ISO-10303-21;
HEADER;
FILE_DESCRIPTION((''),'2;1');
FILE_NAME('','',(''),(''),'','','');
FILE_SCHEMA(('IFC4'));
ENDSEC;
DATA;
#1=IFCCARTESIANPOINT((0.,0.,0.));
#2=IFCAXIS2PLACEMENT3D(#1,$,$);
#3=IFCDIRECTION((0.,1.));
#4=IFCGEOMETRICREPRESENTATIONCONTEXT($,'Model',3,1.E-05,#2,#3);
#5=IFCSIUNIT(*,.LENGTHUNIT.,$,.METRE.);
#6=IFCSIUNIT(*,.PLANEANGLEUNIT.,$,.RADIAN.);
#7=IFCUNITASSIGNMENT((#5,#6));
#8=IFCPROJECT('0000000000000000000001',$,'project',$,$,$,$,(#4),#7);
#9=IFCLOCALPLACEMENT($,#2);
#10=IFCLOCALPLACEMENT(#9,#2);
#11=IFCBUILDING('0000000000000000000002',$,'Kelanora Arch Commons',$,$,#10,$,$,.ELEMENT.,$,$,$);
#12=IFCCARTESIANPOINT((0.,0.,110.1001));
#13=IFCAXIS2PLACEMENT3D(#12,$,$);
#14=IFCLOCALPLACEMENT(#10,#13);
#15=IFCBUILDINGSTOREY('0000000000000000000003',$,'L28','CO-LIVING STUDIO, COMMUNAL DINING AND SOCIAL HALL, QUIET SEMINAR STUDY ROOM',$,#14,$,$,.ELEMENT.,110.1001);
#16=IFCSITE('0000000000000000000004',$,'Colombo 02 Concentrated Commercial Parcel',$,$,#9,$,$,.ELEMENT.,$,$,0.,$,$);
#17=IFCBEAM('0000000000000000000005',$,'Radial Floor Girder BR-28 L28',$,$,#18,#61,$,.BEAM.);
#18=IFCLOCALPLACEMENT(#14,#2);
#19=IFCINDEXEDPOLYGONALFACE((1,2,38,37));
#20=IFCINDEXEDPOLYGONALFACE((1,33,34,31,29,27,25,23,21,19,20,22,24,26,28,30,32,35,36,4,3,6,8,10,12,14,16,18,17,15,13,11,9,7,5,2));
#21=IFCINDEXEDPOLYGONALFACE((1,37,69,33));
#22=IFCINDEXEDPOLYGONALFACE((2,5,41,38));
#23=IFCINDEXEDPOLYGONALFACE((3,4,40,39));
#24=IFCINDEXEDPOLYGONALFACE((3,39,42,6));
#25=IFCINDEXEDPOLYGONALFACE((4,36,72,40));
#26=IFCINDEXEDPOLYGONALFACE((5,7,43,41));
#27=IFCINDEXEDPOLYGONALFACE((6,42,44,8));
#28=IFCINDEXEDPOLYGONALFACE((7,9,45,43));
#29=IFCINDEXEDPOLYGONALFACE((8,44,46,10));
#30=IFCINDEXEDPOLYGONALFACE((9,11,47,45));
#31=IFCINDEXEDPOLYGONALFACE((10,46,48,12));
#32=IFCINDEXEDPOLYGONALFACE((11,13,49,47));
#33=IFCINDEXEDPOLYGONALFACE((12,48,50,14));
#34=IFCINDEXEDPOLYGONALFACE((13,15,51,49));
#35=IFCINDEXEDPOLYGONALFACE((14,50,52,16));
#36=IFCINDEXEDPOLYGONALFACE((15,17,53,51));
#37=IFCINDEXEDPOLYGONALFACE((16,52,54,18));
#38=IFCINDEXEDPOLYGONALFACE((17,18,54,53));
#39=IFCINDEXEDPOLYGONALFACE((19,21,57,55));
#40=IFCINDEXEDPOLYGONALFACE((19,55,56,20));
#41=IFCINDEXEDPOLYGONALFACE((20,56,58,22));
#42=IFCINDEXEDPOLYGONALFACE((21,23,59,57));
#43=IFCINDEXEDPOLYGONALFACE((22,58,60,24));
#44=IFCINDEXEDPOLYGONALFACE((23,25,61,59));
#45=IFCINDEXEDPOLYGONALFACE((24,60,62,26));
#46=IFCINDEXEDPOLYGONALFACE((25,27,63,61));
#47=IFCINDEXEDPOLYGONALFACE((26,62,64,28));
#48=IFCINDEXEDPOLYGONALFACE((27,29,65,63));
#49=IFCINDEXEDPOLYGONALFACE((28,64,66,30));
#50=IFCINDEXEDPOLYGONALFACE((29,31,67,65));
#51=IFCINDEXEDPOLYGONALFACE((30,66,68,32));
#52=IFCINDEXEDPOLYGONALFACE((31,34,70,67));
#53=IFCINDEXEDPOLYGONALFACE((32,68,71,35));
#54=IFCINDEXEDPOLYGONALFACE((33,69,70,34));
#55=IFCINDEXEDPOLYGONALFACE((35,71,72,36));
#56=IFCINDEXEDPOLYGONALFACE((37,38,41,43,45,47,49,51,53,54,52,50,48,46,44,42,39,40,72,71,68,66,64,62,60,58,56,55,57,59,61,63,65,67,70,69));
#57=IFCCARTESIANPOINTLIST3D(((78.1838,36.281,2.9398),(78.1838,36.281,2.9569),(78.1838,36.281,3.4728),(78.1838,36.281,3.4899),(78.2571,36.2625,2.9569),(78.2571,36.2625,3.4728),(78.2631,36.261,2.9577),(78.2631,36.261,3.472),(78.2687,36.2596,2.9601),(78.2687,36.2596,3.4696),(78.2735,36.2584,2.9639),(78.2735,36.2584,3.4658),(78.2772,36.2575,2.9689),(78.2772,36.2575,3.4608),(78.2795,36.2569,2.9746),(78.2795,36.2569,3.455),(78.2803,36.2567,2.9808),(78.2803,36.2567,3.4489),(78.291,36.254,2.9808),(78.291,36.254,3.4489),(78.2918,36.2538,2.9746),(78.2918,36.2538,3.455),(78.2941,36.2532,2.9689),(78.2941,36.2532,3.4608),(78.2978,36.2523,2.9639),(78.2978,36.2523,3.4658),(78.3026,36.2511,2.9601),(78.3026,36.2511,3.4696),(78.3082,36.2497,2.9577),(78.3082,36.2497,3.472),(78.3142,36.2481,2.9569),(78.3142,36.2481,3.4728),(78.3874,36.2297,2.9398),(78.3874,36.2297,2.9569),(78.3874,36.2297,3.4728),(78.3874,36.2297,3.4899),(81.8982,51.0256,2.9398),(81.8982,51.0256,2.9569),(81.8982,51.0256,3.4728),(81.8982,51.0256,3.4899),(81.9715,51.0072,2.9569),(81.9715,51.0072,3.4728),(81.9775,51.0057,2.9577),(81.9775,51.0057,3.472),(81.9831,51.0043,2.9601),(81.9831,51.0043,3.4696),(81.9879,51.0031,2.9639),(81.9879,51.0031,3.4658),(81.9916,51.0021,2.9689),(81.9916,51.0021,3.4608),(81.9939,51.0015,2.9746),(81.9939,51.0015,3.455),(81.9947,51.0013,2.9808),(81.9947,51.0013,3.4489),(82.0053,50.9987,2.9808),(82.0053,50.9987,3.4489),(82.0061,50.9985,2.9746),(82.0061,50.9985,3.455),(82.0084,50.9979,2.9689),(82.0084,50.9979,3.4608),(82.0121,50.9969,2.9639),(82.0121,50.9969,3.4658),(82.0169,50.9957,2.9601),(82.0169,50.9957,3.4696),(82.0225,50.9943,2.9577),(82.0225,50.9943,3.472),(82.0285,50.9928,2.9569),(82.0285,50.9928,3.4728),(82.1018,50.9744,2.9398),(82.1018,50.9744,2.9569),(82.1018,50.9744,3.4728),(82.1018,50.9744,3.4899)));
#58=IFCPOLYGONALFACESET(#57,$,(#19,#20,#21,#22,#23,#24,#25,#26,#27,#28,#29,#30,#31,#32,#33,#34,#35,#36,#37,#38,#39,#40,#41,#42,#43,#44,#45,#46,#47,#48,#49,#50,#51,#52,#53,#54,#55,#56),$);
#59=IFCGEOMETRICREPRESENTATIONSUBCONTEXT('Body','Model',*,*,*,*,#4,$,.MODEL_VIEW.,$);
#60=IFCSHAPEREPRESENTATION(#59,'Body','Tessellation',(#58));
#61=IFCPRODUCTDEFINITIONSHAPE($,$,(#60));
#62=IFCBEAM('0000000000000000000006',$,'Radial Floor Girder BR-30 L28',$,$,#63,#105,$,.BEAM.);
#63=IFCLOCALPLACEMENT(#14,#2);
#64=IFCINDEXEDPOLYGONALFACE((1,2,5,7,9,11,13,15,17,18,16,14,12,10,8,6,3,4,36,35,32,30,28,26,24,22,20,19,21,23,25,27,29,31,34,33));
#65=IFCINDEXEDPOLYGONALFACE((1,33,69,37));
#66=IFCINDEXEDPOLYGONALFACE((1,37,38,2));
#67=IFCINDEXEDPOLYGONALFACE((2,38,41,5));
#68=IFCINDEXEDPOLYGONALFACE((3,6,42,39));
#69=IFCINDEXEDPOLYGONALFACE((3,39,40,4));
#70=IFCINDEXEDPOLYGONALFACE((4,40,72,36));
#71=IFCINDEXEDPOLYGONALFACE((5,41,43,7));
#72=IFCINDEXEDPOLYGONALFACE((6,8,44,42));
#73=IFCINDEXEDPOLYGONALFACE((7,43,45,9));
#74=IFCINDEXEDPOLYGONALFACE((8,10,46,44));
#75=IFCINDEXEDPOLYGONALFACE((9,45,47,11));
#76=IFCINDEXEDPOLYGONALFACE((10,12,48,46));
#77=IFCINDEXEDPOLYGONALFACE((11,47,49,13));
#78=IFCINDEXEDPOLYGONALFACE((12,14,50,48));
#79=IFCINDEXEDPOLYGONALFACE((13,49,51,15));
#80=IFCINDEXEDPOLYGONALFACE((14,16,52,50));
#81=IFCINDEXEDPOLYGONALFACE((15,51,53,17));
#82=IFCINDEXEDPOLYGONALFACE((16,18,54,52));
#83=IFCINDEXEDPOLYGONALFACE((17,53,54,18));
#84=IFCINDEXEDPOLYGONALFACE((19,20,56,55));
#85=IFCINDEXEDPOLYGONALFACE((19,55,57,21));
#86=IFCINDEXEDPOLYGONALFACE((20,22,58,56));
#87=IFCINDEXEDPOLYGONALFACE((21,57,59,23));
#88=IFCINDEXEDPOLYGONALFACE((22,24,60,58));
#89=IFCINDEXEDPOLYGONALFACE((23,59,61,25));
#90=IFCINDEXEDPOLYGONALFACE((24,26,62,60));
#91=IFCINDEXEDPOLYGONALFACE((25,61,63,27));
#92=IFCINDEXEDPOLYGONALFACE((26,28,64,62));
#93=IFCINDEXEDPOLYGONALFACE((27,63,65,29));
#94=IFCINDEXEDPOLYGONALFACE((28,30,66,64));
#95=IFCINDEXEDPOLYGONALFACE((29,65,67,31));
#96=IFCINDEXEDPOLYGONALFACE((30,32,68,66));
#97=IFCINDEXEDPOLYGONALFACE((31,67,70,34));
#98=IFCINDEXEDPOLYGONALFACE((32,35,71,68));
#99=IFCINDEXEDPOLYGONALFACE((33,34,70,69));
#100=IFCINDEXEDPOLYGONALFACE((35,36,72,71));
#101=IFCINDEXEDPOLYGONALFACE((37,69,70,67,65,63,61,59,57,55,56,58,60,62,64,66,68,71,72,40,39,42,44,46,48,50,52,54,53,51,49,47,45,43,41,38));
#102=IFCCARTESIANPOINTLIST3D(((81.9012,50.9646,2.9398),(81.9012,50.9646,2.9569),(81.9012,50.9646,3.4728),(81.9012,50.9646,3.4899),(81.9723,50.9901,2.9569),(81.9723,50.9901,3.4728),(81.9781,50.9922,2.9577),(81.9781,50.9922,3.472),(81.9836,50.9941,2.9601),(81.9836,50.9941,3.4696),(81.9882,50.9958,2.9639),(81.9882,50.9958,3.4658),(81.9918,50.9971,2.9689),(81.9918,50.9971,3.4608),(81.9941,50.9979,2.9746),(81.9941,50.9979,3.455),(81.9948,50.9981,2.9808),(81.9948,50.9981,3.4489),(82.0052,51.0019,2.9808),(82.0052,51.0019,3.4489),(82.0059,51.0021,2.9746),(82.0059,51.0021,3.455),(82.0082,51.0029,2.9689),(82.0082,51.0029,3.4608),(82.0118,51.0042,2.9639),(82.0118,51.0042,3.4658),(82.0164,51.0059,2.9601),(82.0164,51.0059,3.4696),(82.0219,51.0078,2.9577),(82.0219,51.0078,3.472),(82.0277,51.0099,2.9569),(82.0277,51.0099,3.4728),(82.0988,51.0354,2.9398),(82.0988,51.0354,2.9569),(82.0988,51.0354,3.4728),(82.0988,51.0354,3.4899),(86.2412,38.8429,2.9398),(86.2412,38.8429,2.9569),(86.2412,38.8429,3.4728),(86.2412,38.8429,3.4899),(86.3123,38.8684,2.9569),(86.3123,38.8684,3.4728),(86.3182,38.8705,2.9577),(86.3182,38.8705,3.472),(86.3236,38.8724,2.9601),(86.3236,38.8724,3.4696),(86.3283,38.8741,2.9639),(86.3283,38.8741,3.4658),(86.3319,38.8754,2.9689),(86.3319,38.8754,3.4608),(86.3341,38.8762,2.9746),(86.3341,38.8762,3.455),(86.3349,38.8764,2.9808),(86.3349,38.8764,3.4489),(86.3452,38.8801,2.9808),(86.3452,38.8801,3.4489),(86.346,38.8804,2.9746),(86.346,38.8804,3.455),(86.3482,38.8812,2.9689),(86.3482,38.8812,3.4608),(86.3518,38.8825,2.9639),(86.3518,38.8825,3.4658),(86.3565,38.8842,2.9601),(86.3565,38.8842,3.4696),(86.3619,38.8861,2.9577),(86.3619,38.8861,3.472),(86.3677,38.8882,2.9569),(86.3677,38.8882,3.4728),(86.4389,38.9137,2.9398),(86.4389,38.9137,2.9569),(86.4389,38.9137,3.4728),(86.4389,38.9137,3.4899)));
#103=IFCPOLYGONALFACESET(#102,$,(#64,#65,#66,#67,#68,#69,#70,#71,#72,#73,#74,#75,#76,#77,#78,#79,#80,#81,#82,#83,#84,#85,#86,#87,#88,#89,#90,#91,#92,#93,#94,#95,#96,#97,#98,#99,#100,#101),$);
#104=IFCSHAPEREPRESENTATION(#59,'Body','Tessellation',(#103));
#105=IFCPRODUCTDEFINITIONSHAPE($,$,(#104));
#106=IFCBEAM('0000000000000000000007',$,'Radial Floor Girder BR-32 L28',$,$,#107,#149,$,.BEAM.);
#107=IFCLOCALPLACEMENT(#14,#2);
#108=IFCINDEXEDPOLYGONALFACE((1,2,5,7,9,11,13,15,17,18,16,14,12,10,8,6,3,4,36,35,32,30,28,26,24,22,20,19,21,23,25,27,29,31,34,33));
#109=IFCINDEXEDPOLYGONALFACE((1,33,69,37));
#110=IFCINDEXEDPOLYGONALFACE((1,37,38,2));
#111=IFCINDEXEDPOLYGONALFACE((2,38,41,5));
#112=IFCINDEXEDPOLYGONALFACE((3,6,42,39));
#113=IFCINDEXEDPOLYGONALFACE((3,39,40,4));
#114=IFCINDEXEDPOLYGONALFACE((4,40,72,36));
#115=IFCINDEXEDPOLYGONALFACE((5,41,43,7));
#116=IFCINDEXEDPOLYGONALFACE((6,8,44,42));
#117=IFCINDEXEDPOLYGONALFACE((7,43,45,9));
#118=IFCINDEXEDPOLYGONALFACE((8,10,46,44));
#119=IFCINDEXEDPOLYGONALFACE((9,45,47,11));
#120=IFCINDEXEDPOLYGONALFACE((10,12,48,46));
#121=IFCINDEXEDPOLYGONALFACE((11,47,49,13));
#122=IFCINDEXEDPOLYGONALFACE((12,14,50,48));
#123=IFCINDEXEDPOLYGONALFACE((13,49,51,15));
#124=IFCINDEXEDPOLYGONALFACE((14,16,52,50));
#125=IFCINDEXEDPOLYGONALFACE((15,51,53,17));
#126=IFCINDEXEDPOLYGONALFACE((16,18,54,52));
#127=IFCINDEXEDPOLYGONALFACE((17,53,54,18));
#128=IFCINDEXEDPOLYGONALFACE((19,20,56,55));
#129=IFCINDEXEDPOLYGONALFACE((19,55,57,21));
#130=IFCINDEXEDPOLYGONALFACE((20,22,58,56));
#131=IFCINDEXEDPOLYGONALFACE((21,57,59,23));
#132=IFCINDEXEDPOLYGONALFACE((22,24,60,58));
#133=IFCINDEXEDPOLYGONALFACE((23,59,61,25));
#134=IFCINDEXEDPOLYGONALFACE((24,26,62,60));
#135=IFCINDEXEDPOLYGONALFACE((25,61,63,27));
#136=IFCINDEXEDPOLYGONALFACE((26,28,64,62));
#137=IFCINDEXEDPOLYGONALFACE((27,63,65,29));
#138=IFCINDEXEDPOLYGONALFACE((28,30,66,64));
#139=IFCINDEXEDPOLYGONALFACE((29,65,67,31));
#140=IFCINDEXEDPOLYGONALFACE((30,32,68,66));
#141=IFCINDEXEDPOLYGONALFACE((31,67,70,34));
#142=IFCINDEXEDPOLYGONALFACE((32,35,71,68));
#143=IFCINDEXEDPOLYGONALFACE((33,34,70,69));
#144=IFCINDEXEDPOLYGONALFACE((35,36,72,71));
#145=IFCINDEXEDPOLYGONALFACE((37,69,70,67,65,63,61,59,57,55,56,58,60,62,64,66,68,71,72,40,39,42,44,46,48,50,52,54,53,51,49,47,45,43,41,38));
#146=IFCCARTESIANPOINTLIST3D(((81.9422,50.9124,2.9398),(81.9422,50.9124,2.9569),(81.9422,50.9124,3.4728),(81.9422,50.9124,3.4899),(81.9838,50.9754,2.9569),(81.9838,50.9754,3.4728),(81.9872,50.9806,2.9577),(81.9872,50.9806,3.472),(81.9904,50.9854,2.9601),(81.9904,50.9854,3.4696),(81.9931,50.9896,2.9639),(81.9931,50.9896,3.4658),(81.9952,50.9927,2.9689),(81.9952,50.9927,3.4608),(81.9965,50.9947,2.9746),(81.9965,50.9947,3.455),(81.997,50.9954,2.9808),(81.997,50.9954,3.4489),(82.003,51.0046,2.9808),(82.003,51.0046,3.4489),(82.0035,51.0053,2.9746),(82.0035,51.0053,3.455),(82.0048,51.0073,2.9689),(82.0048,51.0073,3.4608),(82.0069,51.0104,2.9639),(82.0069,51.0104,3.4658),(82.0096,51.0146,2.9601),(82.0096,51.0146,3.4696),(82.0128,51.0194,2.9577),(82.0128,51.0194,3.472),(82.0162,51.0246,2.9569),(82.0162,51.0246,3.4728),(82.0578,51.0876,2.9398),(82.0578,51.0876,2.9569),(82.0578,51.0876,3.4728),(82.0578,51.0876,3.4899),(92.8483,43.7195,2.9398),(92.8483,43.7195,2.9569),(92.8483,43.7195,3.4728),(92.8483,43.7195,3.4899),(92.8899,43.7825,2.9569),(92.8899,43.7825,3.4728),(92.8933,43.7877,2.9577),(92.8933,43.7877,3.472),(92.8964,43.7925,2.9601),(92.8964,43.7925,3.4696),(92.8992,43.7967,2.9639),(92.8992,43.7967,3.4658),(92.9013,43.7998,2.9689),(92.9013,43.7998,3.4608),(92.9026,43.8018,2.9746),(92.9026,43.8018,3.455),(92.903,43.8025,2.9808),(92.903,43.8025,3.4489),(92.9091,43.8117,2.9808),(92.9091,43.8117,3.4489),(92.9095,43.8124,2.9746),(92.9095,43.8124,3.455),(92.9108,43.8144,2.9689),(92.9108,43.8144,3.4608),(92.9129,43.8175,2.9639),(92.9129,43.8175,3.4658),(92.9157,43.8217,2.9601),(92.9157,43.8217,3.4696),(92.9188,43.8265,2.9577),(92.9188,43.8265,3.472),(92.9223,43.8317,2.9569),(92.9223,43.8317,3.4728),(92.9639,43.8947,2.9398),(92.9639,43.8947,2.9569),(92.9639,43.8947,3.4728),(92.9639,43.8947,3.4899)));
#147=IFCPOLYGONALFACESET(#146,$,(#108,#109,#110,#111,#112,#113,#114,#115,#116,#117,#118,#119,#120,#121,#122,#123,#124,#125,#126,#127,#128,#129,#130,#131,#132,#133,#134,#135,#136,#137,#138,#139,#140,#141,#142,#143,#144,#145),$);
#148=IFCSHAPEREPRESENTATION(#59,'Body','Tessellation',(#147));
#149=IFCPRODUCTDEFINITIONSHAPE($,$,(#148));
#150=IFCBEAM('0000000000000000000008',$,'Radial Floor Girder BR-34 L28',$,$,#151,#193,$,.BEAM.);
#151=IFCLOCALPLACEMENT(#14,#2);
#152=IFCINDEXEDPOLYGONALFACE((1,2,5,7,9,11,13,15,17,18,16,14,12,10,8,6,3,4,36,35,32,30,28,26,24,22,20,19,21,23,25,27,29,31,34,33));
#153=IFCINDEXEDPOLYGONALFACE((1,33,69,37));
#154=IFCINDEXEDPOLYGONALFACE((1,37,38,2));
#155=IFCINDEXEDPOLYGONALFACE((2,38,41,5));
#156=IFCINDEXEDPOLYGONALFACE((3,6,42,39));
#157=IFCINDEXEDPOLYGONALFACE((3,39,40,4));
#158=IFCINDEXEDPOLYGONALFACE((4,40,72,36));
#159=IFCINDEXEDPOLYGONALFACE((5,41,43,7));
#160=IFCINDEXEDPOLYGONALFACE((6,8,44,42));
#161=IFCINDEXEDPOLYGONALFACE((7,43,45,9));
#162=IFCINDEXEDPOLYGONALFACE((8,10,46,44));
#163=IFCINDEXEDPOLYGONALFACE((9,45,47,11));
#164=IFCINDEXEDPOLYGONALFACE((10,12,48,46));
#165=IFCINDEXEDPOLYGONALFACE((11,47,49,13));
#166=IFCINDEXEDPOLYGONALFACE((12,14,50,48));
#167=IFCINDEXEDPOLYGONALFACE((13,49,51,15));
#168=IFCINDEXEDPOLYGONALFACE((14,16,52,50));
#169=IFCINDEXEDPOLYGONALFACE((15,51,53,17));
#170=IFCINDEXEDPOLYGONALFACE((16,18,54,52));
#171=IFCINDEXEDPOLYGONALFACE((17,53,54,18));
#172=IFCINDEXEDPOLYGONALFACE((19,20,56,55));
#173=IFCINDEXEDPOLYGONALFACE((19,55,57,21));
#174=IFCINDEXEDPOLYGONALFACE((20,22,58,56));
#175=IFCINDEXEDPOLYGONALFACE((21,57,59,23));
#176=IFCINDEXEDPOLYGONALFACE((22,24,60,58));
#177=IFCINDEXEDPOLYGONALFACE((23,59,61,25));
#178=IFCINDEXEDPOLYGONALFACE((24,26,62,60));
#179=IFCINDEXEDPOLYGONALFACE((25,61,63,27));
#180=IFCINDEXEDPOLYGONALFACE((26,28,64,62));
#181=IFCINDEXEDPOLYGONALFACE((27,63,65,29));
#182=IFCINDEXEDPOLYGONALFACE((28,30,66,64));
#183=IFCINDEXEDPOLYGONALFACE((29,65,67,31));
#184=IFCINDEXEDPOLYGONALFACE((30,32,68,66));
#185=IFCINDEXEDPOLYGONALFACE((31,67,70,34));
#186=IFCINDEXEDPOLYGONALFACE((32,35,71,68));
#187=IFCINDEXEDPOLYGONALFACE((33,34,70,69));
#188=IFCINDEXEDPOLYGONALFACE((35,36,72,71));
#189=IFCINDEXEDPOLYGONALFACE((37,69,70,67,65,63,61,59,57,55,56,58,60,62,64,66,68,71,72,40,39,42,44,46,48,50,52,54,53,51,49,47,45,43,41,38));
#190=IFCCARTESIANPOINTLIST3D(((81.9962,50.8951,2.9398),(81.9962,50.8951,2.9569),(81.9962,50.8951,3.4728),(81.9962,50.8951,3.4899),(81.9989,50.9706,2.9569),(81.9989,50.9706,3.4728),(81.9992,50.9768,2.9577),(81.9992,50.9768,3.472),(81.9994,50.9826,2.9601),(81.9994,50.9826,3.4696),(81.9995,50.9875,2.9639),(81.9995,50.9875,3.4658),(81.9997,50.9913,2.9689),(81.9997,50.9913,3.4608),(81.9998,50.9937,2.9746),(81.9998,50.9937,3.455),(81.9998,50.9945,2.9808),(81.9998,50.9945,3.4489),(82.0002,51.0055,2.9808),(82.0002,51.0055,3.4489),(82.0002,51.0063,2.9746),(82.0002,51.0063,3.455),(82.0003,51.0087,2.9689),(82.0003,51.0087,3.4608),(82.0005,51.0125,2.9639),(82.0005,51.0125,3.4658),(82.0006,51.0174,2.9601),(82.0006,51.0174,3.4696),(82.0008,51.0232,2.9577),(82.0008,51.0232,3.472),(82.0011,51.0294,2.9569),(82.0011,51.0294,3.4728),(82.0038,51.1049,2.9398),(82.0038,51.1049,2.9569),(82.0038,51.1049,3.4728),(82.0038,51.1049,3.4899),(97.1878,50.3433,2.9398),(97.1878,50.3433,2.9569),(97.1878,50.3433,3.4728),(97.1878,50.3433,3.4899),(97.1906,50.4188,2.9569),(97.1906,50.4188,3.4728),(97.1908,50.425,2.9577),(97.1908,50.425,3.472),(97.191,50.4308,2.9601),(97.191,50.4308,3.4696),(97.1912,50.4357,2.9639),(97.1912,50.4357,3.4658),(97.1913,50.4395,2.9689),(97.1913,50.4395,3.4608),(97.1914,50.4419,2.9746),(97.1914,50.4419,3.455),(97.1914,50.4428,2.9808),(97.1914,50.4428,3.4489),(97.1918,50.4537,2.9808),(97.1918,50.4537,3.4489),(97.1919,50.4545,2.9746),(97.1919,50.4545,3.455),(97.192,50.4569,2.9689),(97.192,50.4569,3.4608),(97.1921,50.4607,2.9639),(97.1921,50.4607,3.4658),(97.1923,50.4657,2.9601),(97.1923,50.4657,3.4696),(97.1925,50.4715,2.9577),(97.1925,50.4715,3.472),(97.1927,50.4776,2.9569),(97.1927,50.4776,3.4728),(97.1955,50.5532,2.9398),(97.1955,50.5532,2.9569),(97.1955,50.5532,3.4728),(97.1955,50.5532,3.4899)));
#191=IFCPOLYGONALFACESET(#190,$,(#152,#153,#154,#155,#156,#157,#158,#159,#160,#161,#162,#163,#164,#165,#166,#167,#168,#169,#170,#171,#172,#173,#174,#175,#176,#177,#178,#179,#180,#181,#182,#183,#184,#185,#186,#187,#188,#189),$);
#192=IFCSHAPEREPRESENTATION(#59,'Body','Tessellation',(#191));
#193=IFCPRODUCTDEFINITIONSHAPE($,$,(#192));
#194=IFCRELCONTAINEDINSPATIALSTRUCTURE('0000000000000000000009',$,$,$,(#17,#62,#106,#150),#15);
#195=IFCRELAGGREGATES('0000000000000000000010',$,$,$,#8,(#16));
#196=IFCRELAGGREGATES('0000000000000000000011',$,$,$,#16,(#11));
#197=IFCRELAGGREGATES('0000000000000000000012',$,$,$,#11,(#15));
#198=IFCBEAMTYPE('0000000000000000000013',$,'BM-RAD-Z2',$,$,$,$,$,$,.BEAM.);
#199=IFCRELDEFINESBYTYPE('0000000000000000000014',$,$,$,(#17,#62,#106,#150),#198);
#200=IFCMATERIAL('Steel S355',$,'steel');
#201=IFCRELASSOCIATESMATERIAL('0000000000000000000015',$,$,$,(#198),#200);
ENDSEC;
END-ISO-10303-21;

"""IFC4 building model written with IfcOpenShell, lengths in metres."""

from ifc_helpers import new_model, si_unit, direction, frame, origin, origin_2d, place, context, subcontext, project, spatial, i_section, extrude, material, material_profile, profile_set, type_object, element, save


model = new_model("IFC4")

# Units and contexts
model_context = context("Model", 3, precision=1e-05, world=origin(), true_north=direction((0.0, 1.0)))
body_context = subcontext(model_context, "Body", "Model", "MODEL_VIEW")
ifc_project = project(units=[si_unit("LENGTHUNIT", "METRE"), si_unit("PLANEANGLEUNIT", "RADIAN")], contexts=[model_context])

# Site, building, storey
site_placement = place(None, origin())
site = spatial("IfcSite", under=ifc_project, at=site_placement, Name="Colombo 02 Concentrated Commercial Parcel", CompositionType="ELEMENT", RefElevation=0.0)
building_placement = place(site_placement, origin())
building = spatial("IfcBuilding", under=site, at=building_placement, Name="Kelanora Arch Commons", CompositionType="ELEMENT")
storey_placement = place(building_placement, frame((0.0, 0.0, 110.1001)))
storey = spatial("IfcBuildingStorey", under=building, at=storey_placement, Name="L28", Description="CO-LIVING STUDIO, COMMUNAL DINING AND SOCIAL HALL, QUIET SEMINAR STUDY ROOM", CompositionType="ELEMENT", Elevation=110.1001)

# Beams
ifc_material_1 = material(Name="Steel S355", Category="steel")
ifc_material_profile_1 = material_profile(ifc_material_1, i_section(OverallWidth=0.21, OverallDepth=0.55, WebThickness=0.011, FlangeThickness=0.0171, FilletRadius=0.0239, at=origin_2d()), Name="IPE550")
ifc_profile_set_1 = profile_set([ifc_material_profile_1], Name="Steel S355")
beam_type_1 = type_object("IfcBeamType", Name="BM-RAD-Z2", PredefinedType="BEAM", material=ifc_profile_set_1)
beam_1_placement = place(storey_placement, frame((82.0, 51.0, 3.2148), z_axis=(-0.244281, -0.969705, 0.0), x_axis=(0.969705, -0.244281, 0.0)))
element("IfcBeam", 1, at=beam_1_placement, inside=storey, type_object=beam_type_1, Name="Radial Floor Girder BR-28 L28", PredefinedType="BEAM", context=body_context, shape_type="SweptSolid", body=[
    extrude(i_section(OverallWidth=0.21, OverallDepth=0.55, WebThickness=0.011, FlangeThickness=0.0171, FilletRadius=0.0239, at=origin_2d()), origin(), (0.0, 0.0, 1.0), 15.2053),
])
beam_2_placement = place(storey_placement, frame((82.0, 51.0, 3.2148), z_axis=(0.337085, -0.941474, 0.0), x_axis=(0.941474, 0.337085, 0.0)))
element("IfcBeam", 2, at=beam_2_placement, inside=storey, type_object=beam_type_1, Name="Radial Floor Girder BR-30 L28", PredefinedType="BEAM", context=body_context, shape_type="SweptSolid", body=[
    extrude(i_section(OverallWidth=0.21, OverallDepth=0.55, WebThickness=0.011, FlangeThickness=0.0171, FilletRadius=0.0239, at=origin_2d()), origin(), (0.0, 0.0, 1.0), 12.8752),
])
beam_3_placement = place(storey_placement, frame((82.0, 51.0, 3.2148), z_axis=(0.834789, -0.550571, 0.0), x_axis=(0.550571, 0.834789, 0.0)))
element("IfcBeam", 3, at=beam_3_placement, inside=storey, type_object=beam_type_1, Name="Radial Floor Girder BR-32 L28", PredefinedType="BEAM", context=body_context, shape_type="SweptSolid", body=[
    extrude(i_section(OverallWidth=0.21, OverallDepth=0.55, WebThickness=0.011, FlangeThickness=0.0171, FilletRadius=0.0239, at=origin_2d()), origin(), (0.0, 0.0, 1.0), 13.0645),
])
beam_4_placement = place(storey_placement, frame((82.0, 51.0, 3.2148), z_axis=(0.999341, -0.036296, 0.0), x_axis=(0.036296, 0.999341, 0.0)))
element("IfcBeam", 4, at=beam_4_placement, inside=storey, type_object=beam_type_1, Name="Radial Floor Girder BR-34 L28", PredefinedType="BEAM", context=body_context, shape_type="SweptSolid", body=[
    extrude(i_section(OverallWidth=0.21, OverallDepth=0.55, WebThickness=0.011, FlangeThickness=0.0171, FilletRadius=0.0239, at=origin_2d()), origin(), (0.0, 0.0, 1.0), 15.2017),
])

save(model, "model.ifc")
